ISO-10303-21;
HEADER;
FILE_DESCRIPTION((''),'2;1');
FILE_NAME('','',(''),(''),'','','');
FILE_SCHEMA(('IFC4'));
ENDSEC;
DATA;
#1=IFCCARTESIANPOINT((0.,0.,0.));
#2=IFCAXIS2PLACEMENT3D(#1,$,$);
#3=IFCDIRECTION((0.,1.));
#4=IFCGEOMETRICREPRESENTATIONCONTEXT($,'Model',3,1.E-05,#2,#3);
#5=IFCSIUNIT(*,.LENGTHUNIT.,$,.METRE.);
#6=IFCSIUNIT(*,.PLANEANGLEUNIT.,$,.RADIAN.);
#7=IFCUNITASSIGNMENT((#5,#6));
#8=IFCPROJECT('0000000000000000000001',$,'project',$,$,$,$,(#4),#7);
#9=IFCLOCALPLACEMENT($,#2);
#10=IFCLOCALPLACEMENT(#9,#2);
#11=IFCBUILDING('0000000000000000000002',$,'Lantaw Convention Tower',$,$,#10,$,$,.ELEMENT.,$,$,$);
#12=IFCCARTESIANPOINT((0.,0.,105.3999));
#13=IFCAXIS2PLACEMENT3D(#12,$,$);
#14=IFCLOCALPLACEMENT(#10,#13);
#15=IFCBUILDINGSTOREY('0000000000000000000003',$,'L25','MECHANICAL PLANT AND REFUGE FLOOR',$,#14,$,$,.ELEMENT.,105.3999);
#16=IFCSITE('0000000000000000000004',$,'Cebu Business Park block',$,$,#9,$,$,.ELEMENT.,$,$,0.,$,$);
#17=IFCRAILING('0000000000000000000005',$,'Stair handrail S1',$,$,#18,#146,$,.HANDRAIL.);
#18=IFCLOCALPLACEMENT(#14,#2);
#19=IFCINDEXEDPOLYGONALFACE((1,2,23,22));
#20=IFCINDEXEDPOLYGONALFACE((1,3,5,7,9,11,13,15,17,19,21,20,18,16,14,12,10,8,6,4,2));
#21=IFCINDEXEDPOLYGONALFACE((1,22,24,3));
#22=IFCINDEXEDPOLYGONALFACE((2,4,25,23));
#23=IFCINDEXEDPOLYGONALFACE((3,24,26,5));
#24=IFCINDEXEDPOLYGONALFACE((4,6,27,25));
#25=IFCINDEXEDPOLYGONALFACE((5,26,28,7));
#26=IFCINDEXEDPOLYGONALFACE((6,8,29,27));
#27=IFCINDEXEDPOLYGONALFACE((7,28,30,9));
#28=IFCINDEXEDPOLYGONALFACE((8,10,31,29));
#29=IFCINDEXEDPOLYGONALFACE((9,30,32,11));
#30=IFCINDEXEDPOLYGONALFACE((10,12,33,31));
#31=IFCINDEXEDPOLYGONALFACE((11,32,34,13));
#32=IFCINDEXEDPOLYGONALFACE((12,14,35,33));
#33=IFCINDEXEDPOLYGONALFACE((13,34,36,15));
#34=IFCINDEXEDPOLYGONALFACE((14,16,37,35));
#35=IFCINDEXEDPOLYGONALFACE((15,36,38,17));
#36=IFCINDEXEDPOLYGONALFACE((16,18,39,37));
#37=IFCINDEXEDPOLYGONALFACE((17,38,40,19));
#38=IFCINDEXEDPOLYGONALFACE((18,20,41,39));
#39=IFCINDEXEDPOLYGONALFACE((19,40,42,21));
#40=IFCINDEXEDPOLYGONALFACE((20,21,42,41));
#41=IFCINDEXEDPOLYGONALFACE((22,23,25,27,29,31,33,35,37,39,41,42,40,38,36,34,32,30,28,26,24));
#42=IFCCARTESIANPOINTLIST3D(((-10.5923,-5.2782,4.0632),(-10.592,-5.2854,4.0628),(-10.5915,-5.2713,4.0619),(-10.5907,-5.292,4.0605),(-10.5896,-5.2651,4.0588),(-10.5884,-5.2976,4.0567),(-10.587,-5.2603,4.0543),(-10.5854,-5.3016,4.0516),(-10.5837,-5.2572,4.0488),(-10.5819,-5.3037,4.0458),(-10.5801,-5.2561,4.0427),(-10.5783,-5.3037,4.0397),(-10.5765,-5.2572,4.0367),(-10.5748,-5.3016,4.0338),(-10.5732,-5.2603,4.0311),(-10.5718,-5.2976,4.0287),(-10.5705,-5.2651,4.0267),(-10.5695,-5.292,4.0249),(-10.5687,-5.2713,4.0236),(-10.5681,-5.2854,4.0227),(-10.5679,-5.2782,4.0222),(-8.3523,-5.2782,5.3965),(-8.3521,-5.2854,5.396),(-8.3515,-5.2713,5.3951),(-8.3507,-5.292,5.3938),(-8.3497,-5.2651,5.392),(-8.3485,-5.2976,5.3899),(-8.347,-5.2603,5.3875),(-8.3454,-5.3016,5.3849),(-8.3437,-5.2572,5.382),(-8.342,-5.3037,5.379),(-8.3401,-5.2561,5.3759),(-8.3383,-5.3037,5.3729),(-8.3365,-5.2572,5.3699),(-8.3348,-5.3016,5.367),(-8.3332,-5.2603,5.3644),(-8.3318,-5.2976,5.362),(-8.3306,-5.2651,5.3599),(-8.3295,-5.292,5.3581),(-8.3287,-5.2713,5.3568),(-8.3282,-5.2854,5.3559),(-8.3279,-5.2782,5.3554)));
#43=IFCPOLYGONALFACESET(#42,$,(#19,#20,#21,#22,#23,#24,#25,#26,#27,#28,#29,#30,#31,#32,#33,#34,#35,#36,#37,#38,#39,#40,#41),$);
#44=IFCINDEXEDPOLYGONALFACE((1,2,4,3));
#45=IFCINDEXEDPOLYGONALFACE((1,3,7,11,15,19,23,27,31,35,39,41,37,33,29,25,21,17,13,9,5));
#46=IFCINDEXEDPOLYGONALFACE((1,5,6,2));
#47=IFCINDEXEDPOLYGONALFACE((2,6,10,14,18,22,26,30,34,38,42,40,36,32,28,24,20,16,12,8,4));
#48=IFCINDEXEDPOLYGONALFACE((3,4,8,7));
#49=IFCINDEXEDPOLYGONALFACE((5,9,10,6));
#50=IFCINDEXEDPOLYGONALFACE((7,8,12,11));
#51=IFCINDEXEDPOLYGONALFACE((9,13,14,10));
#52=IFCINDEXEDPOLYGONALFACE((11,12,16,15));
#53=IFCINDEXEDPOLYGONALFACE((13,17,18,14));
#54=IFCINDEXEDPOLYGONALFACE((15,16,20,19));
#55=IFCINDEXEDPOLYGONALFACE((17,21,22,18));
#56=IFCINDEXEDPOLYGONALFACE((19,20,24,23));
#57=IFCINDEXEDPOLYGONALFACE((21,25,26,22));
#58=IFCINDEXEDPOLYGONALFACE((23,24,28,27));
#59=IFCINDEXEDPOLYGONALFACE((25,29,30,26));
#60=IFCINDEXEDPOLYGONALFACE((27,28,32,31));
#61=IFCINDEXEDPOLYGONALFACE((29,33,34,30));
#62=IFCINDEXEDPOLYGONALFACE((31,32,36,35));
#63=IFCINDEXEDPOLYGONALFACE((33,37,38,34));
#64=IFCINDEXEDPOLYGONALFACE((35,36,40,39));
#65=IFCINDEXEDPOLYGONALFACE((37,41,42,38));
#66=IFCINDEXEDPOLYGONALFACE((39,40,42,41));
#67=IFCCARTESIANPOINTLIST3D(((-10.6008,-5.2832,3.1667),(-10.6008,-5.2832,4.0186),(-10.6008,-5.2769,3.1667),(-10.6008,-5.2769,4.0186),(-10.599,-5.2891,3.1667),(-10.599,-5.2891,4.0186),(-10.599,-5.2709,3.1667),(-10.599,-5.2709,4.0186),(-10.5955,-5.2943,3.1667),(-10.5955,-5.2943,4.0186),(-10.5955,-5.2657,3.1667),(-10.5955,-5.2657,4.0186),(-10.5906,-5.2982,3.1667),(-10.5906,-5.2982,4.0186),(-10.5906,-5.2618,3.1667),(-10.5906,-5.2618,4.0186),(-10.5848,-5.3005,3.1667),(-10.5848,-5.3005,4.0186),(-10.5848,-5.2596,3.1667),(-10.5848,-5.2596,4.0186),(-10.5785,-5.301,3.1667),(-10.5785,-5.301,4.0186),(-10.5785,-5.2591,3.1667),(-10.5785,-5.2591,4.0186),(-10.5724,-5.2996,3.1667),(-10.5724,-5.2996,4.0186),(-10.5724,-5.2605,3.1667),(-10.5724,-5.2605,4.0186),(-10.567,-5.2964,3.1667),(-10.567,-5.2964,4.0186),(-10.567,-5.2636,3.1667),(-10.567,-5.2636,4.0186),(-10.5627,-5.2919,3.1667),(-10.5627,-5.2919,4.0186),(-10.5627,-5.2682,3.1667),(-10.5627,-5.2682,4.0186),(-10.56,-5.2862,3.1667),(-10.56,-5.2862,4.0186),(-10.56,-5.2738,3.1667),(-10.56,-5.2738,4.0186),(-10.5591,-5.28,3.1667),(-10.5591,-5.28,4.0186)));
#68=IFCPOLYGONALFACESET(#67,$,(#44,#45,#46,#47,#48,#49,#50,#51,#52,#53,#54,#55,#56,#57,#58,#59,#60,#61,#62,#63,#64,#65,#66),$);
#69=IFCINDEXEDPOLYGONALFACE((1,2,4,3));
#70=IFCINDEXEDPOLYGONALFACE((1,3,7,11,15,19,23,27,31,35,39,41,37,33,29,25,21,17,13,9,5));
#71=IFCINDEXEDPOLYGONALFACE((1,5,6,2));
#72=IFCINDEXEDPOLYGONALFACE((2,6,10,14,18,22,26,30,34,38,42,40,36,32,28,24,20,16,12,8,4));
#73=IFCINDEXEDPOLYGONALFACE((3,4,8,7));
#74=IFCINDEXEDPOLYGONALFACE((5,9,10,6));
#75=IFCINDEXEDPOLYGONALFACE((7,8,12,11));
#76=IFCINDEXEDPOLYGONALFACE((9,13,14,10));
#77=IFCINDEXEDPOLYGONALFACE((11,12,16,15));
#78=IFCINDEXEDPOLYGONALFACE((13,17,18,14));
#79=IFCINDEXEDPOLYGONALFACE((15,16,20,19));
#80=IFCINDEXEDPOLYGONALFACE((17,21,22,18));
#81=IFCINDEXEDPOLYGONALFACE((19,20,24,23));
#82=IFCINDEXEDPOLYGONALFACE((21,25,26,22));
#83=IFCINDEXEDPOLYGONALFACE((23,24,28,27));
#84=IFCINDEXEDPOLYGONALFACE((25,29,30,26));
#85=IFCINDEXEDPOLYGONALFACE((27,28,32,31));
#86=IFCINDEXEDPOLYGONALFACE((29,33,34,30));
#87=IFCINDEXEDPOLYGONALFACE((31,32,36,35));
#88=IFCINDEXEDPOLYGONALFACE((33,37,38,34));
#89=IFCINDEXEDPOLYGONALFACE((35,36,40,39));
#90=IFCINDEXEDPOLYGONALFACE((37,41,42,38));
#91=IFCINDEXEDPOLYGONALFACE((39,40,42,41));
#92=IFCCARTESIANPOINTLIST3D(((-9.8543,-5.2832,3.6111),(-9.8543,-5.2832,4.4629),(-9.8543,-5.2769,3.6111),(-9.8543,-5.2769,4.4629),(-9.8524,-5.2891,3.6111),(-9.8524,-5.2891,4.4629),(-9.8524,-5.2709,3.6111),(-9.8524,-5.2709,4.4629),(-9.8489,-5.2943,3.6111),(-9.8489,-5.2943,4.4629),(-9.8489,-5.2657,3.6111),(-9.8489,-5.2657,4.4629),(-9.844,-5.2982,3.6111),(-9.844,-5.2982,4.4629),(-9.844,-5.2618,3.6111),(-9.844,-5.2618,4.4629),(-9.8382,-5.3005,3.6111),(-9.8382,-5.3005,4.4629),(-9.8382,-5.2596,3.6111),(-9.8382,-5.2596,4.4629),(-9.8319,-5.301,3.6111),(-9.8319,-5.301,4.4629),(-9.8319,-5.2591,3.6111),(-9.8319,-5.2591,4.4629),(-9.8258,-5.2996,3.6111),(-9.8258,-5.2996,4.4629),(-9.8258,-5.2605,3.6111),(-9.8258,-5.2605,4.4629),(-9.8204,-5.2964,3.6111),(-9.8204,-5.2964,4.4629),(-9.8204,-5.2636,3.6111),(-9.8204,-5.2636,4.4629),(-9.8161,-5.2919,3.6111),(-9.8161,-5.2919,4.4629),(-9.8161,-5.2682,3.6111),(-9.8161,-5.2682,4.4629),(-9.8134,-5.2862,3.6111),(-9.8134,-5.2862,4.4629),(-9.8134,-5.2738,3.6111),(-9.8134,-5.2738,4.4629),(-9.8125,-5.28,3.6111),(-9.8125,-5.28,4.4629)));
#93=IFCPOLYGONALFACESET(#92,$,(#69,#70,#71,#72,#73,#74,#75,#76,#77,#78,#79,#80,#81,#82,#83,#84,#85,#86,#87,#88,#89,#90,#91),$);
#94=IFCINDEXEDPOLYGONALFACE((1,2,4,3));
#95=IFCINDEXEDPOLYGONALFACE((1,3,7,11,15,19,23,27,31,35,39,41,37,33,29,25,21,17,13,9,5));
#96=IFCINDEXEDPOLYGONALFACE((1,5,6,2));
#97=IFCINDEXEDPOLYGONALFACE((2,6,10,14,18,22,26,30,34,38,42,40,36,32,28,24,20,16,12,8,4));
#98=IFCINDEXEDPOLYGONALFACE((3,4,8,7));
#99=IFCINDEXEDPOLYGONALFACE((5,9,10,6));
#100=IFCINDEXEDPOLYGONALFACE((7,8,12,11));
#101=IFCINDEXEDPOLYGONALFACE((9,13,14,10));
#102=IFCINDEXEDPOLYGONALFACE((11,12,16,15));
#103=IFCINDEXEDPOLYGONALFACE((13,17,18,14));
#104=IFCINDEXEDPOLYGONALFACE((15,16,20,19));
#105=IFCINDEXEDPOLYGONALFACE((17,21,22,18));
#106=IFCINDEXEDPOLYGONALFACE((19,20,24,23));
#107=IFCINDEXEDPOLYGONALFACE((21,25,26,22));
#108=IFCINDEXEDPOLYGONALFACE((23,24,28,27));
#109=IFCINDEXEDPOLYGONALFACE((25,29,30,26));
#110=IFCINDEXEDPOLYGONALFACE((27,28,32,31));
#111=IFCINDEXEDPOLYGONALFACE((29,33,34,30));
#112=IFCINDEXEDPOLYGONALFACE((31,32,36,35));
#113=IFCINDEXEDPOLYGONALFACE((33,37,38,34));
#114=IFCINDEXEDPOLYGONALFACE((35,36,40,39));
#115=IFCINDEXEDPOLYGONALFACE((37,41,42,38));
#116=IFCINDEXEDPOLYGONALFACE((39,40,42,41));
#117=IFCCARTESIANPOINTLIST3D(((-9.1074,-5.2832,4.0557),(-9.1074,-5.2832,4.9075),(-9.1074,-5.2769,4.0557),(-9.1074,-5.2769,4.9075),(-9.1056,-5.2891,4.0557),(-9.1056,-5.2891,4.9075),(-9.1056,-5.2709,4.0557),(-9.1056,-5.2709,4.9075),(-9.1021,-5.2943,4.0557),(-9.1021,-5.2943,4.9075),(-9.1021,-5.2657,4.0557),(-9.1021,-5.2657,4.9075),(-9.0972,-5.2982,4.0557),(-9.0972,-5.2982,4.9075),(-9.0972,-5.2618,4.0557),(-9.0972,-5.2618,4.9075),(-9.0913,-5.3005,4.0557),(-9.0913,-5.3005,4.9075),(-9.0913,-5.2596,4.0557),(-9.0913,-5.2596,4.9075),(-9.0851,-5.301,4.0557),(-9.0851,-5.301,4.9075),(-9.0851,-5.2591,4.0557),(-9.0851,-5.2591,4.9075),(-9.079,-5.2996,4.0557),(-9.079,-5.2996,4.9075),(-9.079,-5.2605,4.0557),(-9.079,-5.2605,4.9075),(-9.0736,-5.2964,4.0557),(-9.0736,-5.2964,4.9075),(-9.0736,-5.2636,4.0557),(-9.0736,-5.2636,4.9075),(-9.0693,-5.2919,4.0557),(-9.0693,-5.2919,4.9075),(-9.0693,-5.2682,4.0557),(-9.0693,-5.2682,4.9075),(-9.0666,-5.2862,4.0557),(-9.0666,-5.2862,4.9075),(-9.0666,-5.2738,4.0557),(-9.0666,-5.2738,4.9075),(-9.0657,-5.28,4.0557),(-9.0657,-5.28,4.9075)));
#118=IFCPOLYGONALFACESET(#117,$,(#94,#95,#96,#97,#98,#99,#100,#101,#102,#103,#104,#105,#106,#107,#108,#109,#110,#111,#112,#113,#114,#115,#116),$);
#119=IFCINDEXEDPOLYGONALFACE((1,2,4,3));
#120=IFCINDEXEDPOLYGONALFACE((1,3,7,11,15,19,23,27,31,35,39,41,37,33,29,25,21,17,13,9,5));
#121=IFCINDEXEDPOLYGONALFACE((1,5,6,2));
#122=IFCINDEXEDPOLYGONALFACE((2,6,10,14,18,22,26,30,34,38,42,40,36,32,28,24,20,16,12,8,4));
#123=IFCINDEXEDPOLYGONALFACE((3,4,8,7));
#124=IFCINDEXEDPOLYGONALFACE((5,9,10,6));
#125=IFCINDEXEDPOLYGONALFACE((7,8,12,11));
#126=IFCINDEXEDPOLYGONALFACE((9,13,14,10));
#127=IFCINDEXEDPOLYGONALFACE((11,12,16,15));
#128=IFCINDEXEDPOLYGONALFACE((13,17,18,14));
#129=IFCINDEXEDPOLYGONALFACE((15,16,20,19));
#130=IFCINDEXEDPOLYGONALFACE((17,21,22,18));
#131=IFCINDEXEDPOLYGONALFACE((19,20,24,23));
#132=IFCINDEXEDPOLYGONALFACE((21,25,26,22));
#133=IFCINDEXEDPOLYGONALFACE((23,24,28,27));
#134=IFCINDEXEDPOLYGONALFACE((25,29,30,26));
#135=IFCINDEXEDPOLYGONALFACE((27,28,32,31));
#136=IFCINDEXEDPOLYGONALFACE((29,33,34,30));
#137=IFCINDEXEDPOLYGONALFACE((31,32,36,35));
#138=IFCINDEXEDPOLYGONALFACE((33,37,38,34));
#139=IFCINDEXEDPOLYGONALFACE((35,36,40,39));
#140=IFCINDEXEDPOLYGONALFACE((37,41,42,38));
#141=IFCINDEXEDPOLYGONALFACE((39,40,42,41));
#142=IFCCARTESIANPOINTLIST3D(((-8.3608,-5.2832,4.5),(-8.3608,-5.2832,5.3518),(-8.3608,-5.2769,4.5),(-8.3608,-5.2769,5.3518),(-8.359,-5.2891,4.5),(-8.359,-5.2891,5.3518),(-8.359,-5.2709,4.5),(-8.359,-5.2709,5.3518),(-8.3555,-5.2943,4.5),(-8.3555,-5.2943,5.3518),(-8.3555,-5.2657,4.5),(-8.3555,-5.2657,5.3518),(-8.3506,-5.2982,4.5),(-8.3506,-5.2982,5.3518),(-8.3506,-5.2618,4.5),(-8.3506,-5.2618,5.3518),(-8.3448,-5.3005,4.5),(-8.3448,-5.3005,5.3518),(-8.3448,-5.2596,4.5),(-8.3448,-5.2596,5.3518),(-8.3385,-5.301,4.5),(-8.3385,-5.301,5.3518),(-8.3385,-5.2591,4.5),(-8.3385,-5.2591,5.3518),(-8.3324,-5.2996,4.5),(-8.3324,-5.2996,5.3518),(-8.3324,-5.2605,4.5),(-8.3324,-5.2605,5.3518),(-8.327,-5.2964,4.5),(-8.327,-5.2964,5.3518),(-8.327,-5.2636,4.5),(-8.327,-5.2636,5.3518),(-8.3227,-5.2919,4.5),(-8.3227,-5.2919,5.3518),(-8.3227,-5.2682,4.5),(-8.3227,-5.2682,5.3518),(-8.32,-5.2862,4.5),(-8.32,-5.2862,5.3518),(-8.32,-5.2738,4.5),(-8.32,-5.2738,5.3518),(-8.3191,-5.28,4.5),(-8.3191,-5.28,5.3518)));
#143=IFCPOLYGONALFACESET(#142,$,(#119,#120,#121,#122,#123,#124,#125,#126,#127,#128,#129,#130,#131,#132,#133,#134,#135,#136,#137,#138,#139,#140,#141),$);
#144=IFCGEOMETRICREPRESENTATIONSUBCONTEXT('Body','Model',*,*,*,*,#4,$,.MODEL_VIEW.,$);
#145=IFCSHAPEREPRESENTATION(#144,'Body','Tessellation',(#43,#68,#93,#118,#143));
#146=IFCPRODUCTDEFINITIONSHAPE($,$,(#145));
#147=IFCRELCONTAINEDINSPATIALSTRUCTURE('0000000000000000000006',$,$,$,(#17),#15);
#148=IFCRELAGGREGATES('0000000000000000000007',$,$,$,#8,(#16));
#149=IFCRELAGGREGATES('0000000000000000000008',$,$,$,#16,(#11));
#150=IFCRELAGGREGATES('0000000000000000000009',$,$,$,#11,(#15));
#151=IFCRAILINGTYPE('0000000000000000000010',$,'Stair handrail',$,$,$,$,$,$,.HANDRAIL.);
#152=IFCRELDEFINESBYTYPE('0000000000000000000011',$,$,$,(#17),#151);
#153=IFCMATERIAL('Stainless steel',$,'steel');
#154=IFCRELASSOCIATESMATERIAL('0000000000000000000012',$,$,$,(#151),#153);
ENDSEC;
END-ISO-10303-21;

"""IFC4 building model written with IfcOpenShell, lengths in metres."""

from ifc_helpers import new_model, si_unit, direction, frame, origin, origin_2d, place, context, subcontext, project, spatial, circle, extrude, material, type_object, element, save


model = new_model("IFC4")

# Units and contexts
model_context = context("Model", 3, precision=1e-05, world=origin(), true_north=direction((0.0, 1.0)))
body_context = subcontext(model_context, "Body", "Model", "MODEL_VIEW")
ifc_project = project(units=[si_unit("LENGTHUNIT", "METRE"), si_unit("PLANEANGLEUNIT", "RADIAN")], contexts=[model_context])

# Site, building, storey
site_placement = place(None, origin())
site = spatial("IfcSite", under=ifc_project, at=site_placement, Name="Cebu Business Park block", CompositionType="ELEMENT", RefElevation=0.0)
building_placement = place(site_placement, origin())
building = spatial("IfcBuilding", under=site, at=building_placement, Name="Lantaw Convention Tower", CompositionType="ELEMENT")
storey_placement = place(building_placement, frame((0.0, 0.0, 105.3999)))
storey = spatial("IfcBuildingStorey", under=building, at=storey_placement, Name="L25", Description="MECHANICAL PLANT AND REFUGE FLOOR", CompositionType="ELEMENT", Elevation=105.3999)

# Railing
ifc_material_1 = material(Name="Stainless steel", Category="steel")
railing_type = type_object("IfcRailingType", Name="Stair handrail", PredefinedType="HANDRAIL", material=ifc_material_1)
railing_1_placement = place(storey_placement, frame((-10.5801, -5.28, 3.1667)))
element("IfcRailing", 1, at=railing_1_placement, inside=storey, type_object=railing_type, Name="Stair handrail S1", PredefinedType="HANDRAIL", context=body_context, shape_type="SweptSolid", body=[
    extrude(circle(Radius=0.0239, at=origin_2d()), frame((0.0, 0.0, 0.876), z_axis=(0.859306, 0.0, 0.511462), x_axis=(0.0, 1.0, 0.0)), (0.0, 0.0, 1.0), 2.6067),
    extrude(circle(Radius=0.021, at=origin_2d()), origin(), (0.0, 0.0, 1.0), 0.8518),
    extrude(circle(Radius=0.021, at=origin_2d()), frame((0.7466, 0.0, 0.4443)), (0.0, 0.0, 1.0), 0.8518),
    extrude(circle(Radius=0.021, at=origin_2d()), frame((1.4934, 0.0, 0.8889)), (0.0, 0.0, 1.0), 0.8518),
    extrude(circle(Radius=0.021, at=origin_2d()), frame((2.24, 0.0, 1.3333)), (0.0, 0.0, 1.0), 0.8518),
])

save(model, "model.ifc")
